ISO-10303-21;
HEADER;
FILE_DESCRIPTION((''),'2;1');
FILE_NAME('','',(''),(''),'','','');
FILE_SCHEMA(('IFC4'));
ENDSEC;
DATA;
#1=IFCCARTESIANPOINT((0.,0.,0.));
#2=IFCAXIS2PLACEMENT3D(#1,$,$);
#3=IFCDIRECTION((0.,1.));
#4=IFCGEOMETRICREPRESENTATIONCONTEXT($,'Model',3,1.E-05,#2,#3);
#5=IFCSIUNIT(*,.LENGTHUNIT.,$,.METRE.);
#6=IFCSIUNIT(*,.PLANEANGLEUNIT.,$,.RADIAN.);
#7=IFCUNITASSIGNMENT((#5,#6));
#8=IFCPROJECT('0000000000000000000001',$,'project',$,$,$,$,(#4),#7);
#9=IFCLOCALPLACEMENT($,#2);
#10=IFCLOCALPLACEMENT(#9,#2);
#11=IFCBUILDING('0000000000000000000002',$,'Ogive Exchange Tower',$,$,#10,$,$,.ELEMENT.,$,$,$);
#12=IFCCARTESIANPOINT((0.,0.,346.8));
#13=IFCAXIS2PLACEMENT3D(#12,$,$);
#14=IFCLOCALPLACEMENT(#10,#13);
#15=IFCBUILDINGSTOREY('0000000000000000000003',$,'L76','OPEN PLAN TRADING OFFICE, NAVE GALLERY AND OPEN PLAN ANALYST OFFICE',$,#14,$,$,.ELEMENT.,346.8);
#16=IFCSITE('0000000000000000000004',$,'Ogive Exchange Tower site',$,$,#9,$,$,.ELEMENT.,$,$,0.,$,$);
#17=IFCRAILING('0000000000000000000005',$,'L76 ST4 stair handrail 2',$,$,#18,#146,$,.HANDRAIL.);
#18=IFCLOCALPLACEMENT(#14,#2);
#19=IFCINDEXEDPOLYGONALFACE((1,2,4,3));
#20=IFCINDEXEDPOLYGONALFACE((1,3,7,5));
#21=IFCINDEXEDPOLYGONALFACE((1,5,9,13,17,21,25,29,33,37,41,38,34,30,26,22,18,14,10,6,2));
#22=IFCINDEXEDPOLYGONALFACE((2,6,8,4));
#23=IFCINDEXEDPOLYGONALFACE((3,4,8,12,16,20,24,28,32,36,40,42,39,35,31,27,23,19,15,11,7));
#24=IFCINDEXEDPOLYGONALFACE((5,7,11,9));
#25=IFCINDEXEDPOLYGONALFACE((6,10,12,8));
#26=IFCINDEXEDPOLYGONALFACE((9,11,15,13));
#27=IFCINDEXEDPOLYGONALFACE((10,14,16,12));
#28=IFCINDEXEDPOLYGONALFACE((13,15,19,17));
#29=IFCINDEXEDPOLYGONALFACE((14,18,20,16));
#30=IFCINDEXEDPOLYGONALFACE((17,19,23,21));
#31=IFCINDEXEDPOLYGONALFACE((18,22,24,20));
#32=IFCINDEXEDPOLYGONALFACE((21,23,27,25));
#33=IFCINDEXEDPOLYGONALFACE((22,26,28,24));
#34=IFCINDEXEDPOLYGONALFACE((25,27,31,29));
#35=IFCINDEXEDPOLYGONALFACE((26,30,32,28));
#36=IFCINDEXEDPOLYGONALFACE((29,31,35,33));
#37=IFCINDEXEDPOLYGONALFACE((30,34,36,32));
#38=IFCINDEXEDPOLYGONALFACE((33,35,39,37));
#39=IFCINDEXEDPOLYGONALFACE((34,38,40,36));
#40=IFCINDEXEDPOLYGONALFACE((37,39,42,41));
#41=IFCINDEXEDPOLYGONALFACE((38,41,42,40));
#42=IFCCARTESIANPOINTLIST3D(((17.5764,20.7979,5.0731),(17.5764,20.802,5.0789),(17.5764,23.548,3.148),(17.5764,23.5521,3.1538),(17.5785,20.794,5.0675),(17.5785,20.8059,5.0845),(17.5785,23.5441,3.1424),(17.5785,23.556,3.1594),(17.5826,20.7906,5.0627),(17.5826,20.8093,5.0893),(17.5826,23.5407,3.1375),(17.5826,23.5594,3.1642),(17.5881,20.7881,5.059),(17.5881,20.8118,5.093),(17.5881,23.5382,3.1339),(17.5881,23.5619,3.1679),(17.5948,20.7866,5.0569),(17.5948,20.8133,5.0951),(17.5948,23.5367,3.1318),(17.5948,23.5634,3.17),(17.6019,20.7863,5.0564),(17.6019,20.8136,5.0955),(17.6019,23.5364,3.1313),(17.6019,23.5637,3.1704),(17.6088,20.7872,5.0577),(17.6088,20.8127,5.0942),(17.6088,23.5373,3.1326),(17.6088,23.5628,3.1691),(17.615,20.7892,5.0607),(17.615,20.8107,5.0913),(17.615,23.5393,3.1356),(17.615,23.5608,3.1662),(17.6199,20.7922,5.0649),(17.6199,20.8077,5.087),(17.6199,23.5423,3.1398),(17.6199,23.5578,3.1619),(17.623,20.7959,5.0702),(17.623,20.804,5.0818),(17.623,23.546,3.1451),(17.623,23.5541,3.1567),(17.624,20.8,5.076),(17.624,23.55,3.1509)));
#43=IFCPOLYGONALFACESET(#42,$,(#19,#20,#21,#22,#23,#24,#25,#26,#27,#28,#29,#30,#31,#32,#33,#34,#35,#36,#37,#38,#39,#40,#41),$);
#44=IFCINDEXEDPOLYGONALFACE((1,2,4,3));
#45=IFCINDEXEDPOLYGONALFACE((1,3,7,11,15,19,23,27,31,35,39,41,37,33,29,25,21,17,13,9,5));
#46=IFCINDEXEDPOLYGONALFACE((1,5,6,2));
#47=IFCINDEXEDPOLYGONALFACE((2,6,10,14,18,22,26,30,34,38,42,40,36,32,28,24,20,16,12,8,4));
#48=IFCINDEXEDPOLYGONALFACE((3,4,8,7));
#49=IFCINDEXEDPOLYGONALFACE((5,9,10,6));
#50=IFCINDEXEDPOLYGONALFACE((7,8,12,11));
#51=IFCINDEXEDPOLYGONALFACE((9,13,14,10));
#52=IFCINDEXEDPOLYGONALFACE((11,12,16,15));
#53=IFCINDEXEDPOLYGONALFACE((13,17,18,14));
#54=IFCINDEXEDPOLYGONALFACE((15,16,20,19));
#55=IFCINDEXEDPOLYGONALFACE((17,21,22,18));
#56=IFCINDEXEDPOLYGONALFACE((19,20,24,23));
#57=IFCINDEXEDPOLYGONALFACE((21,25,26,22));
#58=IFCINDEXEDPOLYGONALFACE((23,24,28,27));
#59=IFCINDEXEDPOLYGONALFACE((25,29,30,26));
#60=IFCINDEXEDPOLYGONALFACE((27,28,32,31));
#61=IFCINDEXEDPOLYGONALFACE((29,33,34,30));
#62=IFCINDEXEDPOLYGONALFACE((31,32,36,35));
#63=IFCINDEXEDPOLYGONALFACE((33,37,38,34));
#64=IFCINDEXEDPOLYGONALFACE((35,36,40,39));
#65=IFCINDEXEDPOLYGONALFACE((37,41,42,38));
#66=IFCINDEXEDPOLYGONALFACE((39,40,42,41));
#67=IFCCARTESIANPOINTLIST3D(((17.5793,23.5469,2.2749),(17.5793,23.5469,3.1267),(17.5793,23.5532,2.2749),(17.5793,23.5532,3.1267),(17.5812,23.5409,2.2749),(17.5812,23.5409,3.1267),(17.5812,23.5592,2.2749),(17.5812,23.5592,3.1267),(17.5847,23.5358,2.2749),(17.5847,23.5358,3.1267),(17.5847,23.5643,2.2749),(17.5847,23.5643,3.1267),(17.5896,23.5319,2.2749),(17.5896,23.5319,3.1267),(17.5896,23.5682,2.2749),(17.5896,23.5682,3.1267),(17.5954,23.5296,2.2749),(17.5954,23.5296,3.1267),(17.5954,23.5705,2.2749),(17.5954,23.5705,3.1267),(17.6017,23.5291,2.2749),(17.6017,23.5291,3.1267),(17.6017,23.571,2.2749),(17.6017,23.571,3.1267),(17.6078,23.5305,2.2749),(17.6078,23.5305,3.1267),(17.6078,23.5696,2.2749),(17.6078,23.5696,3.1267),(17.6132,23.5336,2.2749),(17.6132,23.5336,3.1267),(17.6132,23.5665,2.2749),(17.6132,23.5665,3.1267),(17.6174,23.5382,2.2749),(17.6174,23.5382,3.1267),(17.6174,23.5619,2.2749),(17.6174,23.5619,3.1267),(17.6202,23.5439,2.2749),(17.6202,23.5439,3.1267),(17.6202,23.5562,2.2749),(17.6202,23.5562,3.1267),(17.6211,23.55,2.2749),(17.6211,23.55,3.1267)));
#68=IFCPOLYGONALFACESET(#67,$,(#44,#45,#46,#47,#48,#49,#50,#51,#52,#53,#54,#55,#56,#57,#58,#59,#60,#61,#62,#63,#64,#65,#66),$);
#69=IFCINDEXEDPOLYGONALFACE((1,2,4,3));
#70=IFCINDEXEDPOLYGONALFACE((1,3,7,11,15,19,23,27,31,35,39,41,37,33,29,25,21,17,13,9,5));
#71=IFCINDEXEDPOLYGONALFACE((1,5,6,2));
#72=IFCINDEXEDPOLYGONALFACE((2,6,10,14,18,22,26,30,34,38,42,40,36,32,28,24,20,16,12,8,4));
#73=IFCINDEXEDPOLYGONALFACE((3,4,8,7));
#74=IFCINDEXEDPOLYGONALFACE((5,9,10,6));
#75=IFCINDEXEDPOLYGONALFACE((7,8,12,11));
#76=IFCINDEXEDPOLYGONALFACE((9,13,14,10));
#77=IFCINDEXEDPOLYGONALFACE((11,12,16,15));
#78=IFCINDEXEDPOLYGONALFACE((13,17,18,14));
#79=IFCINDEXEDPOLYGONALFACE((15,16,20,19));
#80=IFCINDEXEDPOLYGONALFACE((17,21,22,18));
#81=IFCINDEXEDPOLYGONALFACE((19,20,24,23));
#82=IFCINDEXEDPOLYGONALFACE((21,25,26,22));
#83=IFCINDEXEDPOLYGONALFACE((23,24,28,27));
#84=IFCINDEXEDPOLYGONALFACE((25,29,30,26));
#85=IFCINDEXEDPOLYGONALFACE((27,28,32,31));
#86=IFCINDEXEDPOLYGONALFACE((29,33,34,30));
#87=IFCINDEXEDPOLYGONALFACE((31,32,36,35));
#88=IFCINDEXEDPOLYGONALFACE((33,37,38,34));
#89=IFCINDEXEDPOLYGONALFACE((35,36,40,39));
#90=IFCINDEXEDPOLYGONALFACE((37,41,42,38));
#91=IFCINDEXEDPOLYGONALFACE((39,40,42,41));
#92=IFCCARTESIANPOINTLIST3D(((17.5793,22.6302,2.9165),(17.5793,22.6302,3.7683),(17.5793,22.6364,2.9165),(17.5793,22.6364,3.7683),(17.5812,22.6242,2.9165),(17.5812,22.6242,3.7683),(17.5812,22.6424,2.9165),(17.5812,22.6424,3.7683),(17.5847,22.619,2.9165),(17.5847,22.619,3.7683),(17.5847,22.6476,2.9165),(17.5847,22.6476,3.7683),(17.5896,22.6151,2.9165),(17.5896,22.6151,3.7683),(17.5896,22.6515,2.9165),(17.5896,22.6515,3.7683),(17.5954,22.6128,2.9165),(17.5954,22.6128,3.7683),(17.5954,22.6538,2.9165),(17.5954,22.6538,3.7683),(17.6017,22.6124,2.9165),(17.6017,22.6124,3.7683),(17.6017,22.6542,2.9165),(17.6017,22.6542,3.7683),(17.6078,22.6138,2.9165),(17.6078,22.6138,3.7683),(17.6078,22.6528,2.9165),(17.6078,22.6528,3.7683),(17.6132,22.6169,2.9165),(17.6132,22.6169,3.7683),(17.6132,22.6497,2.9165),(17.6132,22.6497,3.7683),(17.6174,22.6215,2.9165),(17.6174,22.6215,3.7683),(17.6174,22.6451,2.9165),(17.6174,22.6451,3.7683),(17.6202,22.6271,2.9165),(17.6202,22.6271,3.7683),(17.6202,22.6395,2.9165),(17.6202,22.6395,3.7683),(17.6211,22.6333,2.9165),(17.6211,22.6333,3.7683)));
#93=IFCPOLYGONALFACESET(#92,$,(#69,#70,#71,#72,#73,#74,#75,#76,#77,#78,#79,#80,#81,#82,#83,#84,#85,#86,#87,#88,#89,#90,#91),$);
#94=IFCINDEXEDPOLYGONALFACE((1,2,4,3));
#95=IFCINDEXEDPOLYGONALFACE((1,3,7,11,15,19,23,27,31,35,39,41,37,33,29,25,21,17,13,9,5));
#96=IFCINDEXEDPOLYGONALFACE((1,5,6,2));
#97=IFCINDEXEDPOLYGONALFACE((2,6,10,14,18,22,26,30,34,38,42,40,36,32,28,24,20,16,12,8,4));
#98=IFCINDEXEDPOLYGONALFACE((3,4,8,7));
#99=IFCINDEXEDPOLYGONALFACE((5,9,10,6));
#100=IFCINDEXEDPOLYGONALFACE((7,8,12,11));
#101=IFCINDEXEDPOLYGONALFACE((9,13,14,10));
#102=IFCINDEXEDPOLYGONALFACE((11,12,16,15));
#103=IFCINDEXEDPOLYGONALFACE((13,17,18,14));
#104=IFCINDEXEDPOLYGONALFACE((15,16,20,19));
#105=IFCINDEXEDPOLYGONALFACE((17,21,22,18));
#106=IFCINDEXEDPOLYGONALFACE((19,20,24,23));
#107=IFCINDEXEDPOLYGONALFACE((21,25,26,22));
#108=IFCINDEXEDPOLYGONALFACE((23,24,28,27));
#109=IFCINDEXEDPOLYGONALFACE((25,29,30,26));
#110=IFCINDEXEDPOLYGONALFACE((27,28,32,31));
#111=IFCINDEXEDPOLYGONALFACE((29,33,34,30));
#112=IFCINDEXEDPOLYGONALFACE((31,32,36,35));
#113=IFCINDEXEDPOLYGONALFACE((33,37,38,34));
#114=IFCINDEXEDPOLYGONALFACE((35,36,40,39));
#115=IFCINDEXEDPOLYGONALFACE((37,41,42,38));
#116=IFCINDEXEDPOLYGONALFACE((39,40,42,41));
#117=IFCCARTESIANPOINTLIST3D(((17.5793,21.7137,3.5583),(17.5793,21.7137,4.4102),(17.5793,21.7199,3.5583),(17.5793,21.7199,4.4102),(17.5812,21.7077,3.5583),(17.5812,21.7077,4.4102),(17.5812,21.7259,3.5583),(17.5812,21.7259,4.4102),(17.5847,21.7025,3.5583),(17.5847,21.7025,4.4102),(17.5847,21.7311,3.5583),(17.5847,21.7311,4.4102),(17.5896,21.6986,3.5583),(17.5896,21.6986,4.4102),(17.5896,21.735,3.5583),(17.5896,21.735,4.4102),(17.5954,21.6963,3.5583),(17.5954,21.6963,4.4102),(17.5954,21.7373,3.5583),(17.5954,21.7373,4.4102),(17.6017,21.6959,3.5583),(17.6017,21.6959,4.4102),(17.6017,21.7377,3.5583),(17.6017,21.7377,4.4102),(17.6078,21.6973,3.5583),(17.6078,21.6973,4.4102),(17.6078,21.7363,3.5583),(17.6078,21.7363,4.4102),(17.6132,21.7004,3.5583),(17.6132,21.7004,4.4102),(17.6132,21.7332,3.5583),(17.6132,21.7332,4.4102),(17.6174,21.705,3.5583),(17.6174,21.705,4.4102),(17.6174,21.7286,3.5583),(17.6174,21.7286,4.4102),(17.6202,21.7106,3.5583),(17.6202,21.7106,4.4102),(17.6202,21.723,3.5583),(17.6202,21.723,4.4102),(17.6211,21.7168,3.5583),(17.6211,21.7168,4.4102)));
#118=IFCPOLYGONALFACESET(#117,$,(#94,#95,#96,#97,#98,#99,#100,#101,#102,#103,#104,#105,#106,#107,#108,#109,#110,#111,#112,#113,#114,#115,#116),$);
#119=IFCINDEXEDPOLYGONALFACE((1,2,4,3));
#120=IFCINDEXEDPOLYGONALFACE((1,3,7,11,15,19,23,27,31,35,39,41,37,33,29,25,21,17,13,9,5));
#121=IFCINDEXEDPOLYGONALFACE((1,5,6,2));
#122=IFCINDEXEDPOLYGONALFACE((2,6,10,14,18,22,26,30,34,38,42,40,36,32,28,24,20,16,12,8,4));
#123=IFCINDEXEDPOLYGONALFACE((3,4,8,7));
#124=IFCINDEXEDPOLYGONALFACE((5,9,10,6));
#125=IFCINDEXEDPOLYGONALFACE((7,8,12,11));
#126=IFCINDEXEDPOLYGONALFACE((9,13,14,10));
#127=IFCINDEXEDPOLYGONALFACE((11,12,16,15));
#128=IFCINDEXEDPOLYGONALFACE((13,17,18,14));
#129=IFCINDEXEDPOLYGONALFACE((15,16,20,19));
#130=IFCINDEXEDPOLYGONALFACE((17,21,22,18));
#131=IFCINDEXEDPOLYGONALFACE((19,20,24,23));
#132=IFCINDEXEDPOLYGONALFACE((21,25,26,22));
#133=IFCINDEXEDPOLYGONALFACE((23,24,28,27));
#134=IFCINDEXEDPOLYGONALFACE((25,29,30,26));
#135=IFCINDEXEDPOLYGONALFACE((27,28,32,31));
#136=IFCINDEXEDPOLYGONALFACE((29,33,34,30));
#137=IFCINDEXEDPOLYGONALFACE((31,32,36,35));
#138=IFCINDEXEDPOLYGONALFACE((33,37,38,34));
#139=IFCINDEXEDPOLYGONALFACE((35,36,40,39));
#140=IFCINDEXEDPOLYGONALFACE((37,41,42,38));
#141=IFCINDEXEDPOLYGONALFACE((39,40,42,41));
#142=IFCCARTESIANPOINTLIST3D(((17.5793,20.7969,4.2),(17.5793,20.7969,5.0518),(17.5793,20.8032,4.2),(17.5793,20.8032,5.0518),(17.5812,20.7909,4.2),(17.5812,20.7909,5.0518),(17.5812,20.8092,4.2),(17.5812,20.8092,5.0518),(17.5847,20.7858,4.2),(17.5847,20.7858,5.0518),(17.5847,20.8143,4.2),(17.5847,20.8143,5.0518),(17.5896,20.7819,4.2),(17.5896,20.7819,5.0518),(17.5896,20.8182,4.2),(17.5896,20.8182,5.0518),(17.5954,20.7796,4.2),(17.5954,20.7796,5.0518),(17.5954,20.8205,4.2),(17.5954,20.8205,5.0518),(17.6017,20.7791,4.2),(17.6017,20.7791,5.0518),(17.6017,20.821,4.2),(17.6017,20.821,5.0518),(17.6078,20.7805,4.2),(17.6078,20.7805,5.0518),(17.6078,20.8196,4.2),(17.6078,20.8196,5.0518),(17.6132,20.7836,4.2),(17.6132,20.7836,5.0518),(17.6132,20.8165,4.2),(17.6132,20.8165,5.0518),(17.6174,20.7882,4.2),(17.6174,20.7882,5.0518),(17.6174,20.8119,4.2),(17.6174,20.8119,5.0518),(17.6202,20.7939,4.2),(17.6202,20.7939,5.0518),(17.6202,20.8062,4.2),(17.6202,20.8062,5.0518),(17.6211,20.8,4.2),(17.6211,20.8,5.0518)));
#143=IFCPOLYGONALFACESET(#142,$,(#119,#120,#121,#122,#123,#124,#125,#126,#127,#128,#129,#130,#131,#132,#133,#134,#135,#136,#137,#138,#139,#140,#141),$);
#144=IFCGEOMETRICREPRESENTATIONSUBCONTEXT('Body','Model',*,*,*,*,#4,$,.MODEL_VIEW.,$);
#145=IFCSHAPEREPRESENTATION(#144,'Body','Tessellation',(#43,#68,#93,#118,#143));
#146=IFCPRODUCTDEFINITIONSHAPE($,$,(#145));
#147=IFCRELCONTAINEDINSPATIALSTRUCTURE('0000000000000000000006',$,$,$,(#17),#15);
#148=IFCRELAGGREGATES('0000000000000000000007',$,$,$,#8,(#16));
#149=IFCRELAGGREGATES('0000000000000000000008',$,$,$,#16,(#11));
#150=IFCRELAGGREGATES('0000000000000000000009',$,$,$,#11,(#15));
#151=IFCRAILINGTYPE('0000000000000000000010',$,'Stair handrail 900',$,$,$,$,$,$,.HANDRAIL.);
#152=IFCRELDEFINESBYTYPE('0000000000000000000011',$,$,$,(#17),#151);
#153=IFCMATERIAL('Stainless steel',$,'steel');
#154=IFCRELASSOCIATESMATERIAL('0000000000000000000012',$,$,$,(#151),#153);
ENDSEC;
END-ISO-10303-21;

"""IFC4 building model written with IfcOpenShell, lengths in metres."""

from ifc_helpers import new_model, si_unit, direction, frame, origin, origin_2d, place, context, subcontext, project, spatial, circle, extrude, material, type_object, element, save


model = new_model("IFC4")

# Units and contexts
model_context = context("Model", 3, precision=1e-05, world=origin(), true_north=direction((0.0, 1.0)))
body_context = subcontext(model_context, "Body", "Model", "MODEL_VIEW")
ifc_project = project(units=[si_unit("LENGTHUNIT", "METRE"), si_unit("PLANEANGLEUNIT", "RADIAN")], contexts=[model_context])

# Site, building, storey
site_placement = place(None, origin())
site = spatial("IfcSite", under=ifc_project, at=site_placement, Name="Ogive Exchange Tower site", CompositionType="ELEMENT", RefElevation=0.0)
building_placement = place(site_placement, origin())
building = spatial("IfcBuilding", under=site, at=building_placement, Name="Ogive Exchange Tower", CompositionType="ELEMENT")
storey_placement = place(building_placement, frame((0.0, 0.0, 346.8)))
storey = spatial("IfcBuildingStorey", under=building, at=storey_placement, Name="L76", Description="OPEN PLAN TRADING OFFICE, NAVE GALLERY AND OPEN PLAN ANALYST OFFICE", CompositionType="ELEMENT", Elevation=346.8)

# Railing
ifc_material_1 = material(Name="Stainless steel", Category="steel")
railing_type = type_object("IfcRailingType", Name="Stair handrail 900", PredefinedType="HANDRAIL", material=ifc_material_1)
railing_1_placement = place(storey_placement, frame((17.6001, 23.55, 2.2749)))
element("IfcRailing", 1, at=railing_1_placement, inside=storey, type_object=railing_type, Name="L76 ST4 stair handrail 2", PredefinedType="HANDRAIL", context=body_context, shape_type="SweptSolid", body=[
    extrude(circle(Radius=0.0239, at=origin_2d()), frame((0.0, 0.0, 0.876), z_axis=(0.0, -0.819225, 0.573472), x_axis=(1.0, 0.0, 0.0)), (0.0, 0.0, 1.0), 3.3569),
    extrude(circle(Radius=0.021, at=origin_2d()), origin(), (0.0, 0.0, 1.0), 0.8518),
    extrude(circle(Radius=0.021, at=origin_2d()), frame((0.0, -0.9167, 0.6416)), (0.0, 0.0, 1.0), 0.8518),
    extrude(circle(Radius=0.021, at=origin_2d()), frame((0.0, -1.8333, 1.2834)), (0.0, 0.0, 1.0), 0.8518),
    extrude(circle(Radius=0.021, at=origin_2d()), frame((0.0, -2.75, 1.925)), (0.0, 0.0, 1.0), 0.8518),
])

save(model, "model.ifc")
